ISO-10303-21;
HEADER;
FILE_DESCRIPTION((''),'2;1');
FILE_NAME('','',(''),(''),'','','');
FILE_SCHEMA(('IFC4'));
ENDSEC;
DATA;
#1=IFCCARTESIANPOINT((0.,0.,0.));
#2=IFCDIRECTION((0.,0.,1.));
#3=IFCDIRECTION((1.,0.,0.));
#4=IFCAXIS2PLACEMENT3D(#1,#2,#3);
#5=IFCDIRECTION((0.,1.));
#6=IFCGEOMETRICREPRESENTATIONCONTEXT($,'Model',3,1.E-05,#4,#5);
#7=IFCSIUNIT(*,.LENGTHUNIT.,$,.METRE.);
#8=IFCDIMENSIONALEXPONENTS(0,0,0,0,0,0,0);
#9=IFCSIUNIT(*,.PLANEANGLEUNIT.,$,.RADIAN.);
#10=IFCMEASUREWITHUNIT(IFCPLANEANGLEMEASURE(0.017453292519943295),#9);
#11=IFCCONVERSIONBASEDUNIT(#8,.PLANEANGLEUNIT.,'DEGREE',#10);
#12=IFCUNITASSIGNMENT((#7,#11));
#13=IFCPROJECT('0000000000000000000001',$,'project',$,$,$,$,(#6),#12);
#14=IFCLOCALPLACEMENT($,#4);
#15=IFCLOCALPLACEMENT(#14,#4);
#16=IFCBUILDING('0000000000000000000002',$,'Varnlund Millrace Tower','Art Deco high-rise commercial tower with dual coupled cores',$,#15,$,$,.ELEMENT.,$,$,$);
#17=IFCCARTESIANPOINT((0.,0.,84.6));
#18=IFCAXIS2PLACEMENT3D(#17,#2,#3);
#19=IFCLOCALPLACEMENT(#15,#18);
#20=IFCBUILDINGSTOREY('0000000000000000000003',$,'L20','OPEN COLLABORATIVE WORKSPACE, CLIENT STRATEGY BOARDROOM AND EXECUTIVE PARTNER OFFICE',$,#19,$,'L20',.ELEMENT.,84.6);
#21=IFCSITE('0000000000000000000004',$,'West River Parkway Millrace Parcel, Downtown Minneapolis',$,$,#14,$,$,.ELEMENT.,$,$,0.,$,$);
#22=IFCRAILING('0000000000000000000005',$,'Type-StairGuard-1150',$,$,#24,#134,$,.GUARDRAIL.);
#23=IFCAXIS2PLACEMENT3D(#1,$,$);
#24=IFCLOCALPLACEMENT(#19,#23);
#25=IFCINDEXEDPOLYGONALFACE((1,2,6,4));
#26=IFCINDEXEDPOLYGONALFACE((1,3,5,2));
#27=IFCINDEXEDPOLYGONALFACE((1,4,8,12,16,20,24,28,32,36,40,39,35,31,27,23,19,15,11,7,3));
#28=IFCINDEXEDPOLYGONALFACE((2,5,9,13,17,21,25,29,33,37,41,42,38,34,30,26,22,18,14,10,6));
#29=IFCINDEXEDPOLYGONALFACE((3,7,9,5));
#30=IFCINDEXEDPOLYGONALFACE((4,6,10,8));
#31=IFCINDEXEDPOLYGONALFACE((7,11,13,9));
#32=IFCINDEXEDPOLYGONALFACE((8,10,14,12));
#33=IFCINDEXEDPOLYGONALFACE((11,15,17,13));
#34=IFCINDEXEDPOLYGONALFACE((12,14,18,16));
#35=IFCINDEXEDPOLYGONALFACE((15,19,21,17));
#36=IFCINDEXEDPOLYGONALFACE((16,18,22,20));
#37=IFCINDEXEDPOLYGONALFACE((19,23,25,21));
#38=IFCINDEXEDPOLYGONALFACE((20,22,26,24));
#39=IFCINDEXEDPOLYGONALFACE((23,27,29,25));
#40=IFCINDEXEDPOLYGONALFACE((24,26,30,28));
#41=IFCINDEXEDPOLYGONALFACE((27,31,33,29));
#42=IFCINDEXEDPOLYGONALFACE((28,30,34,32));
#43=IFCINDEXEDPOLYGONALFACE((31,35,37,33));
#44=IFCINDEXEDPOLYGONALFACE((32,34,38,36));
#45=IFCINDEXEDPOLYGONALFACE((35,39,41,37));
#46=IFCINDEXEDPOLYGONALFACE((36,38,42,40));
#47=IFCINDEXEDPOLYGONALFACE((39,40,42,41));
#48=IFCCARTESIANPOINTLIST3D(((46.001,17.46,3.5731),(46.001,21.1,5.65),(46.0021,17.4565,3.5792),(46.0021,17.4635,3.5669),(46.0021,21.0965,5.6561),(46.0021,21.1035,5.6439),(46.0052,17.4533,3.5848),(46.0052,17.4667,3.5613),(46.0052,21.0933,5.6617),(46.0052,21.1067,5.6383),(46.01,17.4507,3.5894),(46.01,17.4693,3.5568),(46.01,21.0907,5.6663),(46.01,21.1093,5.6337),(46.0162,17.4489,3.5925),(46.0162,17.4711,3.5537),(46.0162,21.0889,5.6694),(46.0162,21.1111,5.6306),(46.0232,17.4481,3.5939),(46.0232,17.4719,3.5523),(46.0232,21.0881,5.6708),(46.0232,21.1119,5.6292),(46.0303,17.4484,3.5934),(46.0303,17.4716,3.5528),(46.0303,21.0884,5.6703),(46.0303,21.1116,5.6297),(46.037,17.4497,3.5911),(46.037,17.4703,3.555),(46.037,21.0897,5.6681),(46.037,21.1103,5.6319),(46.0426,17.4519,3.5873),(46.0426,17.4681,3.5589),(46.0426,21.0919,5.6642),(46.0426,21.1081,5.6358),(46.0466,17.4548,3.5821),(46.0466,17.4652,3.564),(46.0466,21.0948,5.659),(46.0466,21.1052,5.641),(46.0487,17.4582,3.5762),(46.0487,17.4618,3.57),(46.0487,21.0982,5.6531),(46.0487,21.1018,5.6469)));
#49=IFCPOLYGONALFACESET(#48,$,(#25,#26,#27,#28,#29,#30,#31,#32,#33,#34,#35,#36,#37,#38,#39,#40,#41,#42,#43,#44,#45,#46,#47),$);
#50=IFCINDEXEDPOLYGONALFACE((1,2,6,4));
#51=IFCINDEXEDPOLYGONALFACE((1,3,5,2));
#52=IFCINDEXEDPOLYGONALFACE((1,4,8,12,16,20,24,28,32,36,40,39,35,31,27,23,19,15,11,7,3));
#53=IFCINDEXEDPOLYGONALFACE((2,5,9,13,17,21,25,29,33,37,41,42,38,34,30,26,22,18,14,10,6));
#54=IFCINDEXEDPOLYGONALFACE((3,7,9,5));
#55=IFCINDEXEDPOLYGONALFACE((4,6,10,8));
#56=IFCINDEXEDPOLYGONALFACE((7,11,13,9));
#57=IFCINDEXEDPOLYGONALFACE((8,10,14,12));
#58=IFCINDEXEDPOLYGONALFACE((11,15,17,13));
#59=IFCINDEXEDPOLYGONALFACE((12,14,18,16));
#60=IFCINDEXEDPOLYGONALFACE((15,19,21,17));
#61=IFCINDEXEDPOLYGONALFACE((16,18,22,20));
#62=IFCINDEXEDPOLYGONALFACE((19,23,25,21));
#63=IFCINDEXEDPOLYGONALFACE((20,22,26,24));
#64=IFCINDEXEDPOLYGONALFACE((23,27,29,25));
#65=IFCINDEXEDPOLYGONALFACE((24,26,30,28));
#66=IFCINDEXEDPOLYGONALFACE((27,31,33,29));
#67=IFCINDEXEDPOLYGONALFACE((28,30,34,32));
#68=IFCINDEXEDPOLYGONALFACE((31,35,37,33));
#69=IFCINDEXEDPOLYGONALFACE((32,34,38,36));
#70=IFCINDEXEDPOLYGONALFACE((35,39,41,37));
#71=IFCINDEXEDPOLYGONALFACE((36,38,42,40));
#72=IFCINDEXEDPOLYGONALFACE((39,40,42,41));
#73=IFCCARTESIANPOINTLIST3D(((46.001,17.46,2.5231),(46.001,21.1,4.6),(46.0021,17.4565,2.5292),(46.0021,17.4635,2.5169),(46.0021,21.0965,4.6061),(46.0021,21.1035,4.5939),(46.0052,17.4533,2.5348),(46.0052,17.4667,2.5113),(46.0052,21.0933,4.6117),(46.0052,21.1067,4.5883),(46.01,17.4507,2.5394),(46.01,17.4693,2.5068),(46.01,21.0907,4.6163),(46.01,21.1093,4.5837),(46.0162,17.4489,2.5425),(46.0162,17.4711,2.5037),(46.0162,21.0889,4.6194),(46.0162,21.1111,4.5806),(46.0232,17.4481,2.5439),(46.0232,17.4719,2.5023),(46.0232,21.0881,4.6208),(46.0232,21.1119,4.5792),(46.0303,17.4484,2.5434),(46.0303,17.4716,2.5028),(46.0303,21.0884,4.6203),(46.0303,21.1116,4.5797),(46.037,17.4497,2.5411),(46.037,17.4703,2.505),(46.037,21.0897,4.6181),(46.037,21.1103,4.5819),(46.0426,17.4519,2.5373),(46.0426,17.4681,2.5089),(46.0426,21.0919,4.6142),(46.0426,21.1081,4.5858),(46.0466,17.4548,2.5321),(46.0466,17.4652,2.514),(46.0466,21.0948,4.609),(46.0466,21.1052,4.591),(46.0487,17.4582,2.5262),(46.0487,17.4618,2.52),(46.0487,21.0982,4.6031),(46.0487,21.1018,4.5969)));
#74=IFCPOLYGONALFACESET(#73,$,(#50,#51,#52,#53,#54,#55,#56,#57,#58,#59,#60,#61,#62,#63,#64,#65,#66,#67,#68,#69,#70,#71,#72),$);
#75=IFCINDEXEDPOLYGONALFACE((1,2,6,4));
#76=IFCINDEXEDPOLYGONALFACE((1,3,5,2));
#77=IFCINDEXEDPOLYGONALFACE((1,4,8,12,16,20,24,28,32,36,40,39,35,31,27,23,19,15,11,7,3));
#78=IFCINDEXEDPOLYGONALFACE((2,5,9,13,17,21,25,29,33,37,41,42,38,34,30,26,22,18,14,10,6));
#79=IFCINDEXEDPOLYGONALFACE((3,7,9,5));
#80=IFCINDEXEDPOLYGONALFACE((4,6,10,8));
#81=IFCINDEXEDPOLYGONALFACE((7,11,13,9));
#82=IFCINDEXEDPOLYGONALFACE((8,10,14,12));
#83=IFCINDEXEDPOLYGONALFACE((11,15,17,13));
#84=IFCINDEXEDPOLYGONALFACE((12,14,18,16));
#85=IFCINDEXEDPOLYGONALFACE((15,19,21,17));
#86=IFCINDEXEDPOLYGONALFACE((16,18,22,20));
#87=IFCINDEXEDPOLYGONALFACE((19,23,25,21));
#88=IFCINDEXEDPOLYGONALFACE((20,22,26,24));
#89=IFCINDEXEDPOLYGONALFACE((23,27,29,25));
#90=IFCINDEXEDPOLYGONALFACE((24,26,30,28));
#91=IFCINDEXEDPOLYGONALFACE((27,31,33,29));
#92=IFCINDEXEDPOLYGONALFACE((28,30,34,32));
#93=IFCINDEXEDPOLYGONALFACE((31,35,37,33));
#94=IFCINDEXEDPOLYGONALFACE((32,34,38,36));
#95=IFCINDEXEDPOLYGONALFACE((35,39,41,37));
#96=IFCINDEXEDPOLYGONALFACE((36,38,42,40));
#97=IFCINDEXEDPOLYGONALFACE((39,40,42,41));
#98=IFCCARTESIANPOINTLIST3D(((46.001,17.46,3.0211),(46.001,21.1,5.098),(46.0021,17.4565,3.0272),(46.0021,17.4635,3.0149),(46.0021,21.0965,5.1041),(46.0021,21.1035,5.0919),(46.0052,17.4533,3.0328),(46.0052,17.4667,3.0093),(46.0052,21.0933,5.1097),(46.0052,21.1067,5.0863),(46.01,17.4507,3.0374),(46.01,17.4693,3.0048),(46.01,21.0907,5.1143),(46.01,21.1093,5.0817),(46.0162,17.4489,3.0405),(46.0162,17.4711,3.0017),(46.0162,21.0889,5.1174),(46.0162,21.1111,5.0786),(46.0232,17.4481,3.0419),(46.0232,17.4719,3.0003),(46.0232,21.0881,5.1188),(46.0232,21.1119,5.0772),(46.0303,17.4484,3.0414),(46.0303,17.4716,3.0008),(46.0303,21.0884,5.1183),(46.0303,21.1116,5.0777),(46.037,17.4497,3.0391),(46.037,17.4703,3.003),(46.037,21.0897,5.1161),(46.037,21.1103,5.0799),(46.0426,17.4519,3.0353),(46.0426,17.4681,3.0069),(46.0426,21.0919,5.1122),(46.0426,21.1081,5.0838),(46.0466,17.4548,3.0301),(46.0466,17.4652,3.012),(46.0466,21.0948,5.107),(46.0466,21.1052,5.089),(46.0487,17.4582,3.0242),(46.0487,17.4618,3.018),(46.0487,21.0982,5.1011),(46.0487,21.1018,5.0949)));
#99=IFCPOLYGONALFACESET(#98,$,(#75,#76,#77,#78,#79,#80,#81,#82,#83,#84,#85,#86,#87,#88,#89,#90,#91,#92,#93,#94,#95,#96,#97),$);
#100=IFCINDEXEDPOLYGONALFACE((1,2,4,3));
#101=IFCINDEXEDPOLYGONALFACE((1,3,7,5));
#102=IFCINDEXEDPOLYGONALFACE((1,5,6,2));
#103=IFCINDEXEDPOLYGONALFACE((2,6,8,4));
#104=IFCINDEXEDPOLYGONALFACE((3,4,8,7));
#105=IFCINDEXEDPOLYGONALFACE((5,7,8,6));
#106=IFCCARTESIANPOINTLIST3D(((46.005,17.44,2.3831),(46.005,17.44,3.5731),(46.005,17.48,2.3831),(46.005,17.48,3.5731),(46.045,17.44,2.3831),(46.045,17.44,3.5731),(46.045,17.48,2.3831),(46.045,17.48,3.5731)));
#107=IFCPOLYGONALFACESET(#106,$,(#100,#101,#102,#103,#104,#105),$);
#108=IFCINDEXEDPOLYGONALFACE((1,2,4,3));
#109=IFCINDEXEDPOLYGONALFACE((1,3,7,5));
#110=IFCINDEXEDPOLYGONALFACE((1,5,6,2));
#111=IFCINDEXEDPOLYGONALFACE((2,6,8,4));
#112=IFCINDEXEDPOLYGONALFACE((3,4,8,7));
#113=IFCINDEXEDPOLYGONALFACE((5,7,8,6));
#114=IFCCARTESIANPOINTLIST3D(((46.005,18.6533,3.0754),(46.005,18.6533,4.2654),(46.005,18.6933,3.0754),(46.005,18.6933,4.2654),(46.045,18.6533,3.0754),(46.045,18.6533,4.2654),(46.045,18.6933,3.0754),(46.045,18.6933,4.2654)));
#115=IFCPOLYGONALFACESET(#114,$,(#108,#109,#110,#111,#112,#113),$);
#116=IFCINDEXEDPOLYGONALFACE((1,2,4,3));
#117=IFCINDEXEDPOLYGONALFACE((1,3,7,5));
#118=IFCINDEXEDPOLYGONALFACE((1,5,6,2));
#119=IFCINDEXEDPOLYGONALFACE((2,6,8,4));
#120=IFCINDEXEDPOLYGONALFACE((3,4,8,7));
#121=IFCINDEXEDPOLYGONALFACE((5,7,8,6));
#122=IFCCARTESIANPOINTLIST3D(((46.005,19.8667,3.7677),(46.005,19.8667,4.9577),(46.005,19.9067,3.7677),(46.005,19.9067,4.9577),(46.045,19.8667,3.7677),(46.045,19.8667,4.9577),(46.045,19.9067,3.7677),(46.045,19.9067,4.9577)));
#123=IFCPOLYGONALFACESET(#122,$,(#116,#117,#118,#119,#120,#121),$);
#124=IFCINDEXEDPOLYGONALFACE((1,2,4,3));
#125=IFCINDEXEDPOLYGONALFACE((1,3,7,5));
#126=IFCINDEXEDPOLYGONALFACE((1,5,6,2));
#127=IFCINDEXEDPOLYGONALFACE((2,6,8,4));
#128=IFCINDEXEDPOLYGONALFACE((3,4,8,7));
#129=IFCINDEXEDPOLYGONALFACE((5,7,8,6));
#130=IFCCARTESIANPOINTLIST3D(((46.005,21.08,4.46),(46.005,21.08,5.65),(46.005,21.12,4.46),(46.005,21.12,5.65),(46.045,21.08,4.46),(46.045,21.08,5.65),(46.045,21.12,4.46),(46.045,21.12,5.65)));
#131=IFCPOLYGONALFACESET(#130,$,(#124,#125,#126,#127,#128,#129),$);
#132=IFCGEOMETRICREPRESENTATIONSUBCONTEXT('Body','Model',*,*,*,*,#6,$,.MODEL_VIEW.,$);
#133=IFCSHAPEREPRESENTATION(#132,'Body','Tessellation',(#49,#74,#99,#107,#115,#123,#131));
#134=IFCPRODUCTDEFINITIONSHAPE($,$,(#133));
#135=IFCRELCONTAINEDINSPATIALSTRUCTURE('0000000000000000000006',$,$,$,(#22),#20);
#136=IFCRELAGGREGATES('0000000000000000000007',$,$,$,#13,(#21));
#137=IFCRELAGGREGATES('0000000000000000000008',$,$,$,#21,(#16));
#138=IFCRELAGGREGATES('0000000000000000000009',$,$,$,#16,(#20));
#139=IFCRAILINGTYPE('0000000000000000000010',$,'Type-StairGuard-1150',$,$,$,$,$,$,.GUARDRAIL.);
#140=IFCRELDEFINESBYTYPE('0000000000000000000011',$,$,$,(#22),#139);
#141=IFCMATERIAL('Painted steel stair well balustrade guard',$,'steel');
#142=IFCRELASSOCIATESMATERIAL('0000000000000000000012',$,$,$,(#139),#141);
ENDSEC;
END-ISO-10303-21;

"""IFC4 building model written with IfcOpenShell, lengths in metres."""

from ifc_helpers import new_model, entity, si_unit, converted_unit, direction, frame, origin_with_axes, origin_2d_with_axis, place, context, subcontext, project, spatial, rectangle, circle, extrude, material, type_object, element, save


model = new_model("IFC4")

# Units and contexts
model_context = context("Model", 3, precision=1e-05, world=origin_with_axes(), true_north=direction((0.0, 1.0)))
body_context = subcontext(model_context, "Body", "Model", "MODEL_VIEW")
ifc_project = project(units=[si_unit("LENGTHUNIT", "METRE"), converted_unit("PLANEANGLEUNIT", "DEGREE", entity("IfcPlaneAngleMeasure", 0.017453292519943295), si_unit("PLANEANGLEUNIT", "RADIAN"), dimensions=[0, 0, 0, 0, 0, 0, 0])], contexts=[model_context])

# Site, building, storey
site_placement = place(None, origin_with_axes())
site = spatial("IfcSite", under=ifc_project, at=site_placement, Name="West River Parkway Millrace Parcel, Downtown Minneapolis", CompositionType="ELEMENT", RefElevation=0.0)
building_placement = place(site_placement, origin_with_axes())
building = spatial("IfcBuilding", under=site, at=building_placement, Name="Varnlund Millrace Tower", Description="Art Deco high-rise commercial tower with dual coupled cores", CompositionType="ELEMENT")
storey_placement = place(building_placement, frame((0.0, 0.0, 84.6), z_axis=(0.0, 0.0, 1.0), x_axis=(1.0, 0.0, 0.0)))
storey = spatial("IfcBuildingStorey", under=building, at=storey_placement, Name="L20", Description="OPEN COLLABORATIVE WORKSPACE, CLIENT STRATEGY BOARDROOM AND EXECUTIVE PARTNER OFFICE", LongName="L20", CompositionType="ELEMENT", Elevation=84.6)

# Railing
ifc_material_1 = material(Name="Painted steel stair well balustrade guard", Category="steel")
railing_type_1 = type_object("IfcRailingType", Name="Type-StairGuard-1150", PredefinedType="GUARDRAIL", material=ifc_material_1)
railing_1_placement = place(storey_placement, frame((0.0, 0.0, -84.6), z_axis=(0.0, 0.0, 1.0), x_axis=(1.0, 0.0, 0.0)))
element("IfcRailing", 1, at=railing_1_placement, inside=storey, type_object=railing_type_1, Name="Type-StairGuard-1150", PredefinedType="GUARDRAIL", context=body_context, shape_type="SweptSolid", body=[
    extrude(circle(Radius=0.024, at=origin_2d_with_axis()), frame((46.025, 17.46, 88.1731), z_axis=(0.0, 0.868559, 0.495585), x_axis=(-1.0, 0.0, 0.0)), (0.0, 0.0, 1.0), 4.1908),
    extrude(circle(Radius=0.024, at=origin_2d_with_axis()), frame((46.025, 17.46, 87.1231), z_axis=(0.0, 0.868559, 0.495585), x_axis=(-1.0, 0.0, 0.0)), (0.0, 0.0, 1.0), 4.1908),
    extrude(circle(Radius=0.024, at=origin_2d_with_axis()), frame((46.025, 17.46, 87.6211), z_axis=(0.0, 0.868559, 0.495585), x_axis=(-1.0, 0.0, 0.0)), (0.0, 0.0, 1.0), 4.1908),
    extrude(rectangle(XDim=0.04, YDim=0.04, at=origin_2d_with_axis()), frame((46.025, 17.46, 86.9831), z_axis=(0.0, 0.0, 1.0), x_axis=(1.0, 0.0, 0.0)), (0.0, 0.0, 1.0), 1.19),
    extrude(rectangle(XDim=0.04, YDim=0.04, at=origin_2d_with_axis()), frame((46.025, 18.6733, 87.6754), z_axis=(0.0, 0.0, 1.0), x_axis=(1.0, 0.0, 0.0)), (0.0, 0.0, 1.0), 1.19),
    extrude(rectangle(XDim=0.04, YDim=0.04, at=origin_2d_with_axis()), frame((46.025, 19.8867, 88.3677), z_axis=(0.0, 0.0, 1.0), x_axis=(1.0, 0.0, 0.0)), (0.0, 0.0, 1.0), 1.19),
    extrude(rectangle(XDim=0.04, YDim=0.04, at=origin_2d_with_axis()), frame((46.025, 21.1, 89.06), z_axis=(0.0, 0.0, 1.0), x_axis=(1.0, 0.0, 0.0)), (0.0, 0.0, 1.0), 1.19),
])

save(model, "model.ifc")
